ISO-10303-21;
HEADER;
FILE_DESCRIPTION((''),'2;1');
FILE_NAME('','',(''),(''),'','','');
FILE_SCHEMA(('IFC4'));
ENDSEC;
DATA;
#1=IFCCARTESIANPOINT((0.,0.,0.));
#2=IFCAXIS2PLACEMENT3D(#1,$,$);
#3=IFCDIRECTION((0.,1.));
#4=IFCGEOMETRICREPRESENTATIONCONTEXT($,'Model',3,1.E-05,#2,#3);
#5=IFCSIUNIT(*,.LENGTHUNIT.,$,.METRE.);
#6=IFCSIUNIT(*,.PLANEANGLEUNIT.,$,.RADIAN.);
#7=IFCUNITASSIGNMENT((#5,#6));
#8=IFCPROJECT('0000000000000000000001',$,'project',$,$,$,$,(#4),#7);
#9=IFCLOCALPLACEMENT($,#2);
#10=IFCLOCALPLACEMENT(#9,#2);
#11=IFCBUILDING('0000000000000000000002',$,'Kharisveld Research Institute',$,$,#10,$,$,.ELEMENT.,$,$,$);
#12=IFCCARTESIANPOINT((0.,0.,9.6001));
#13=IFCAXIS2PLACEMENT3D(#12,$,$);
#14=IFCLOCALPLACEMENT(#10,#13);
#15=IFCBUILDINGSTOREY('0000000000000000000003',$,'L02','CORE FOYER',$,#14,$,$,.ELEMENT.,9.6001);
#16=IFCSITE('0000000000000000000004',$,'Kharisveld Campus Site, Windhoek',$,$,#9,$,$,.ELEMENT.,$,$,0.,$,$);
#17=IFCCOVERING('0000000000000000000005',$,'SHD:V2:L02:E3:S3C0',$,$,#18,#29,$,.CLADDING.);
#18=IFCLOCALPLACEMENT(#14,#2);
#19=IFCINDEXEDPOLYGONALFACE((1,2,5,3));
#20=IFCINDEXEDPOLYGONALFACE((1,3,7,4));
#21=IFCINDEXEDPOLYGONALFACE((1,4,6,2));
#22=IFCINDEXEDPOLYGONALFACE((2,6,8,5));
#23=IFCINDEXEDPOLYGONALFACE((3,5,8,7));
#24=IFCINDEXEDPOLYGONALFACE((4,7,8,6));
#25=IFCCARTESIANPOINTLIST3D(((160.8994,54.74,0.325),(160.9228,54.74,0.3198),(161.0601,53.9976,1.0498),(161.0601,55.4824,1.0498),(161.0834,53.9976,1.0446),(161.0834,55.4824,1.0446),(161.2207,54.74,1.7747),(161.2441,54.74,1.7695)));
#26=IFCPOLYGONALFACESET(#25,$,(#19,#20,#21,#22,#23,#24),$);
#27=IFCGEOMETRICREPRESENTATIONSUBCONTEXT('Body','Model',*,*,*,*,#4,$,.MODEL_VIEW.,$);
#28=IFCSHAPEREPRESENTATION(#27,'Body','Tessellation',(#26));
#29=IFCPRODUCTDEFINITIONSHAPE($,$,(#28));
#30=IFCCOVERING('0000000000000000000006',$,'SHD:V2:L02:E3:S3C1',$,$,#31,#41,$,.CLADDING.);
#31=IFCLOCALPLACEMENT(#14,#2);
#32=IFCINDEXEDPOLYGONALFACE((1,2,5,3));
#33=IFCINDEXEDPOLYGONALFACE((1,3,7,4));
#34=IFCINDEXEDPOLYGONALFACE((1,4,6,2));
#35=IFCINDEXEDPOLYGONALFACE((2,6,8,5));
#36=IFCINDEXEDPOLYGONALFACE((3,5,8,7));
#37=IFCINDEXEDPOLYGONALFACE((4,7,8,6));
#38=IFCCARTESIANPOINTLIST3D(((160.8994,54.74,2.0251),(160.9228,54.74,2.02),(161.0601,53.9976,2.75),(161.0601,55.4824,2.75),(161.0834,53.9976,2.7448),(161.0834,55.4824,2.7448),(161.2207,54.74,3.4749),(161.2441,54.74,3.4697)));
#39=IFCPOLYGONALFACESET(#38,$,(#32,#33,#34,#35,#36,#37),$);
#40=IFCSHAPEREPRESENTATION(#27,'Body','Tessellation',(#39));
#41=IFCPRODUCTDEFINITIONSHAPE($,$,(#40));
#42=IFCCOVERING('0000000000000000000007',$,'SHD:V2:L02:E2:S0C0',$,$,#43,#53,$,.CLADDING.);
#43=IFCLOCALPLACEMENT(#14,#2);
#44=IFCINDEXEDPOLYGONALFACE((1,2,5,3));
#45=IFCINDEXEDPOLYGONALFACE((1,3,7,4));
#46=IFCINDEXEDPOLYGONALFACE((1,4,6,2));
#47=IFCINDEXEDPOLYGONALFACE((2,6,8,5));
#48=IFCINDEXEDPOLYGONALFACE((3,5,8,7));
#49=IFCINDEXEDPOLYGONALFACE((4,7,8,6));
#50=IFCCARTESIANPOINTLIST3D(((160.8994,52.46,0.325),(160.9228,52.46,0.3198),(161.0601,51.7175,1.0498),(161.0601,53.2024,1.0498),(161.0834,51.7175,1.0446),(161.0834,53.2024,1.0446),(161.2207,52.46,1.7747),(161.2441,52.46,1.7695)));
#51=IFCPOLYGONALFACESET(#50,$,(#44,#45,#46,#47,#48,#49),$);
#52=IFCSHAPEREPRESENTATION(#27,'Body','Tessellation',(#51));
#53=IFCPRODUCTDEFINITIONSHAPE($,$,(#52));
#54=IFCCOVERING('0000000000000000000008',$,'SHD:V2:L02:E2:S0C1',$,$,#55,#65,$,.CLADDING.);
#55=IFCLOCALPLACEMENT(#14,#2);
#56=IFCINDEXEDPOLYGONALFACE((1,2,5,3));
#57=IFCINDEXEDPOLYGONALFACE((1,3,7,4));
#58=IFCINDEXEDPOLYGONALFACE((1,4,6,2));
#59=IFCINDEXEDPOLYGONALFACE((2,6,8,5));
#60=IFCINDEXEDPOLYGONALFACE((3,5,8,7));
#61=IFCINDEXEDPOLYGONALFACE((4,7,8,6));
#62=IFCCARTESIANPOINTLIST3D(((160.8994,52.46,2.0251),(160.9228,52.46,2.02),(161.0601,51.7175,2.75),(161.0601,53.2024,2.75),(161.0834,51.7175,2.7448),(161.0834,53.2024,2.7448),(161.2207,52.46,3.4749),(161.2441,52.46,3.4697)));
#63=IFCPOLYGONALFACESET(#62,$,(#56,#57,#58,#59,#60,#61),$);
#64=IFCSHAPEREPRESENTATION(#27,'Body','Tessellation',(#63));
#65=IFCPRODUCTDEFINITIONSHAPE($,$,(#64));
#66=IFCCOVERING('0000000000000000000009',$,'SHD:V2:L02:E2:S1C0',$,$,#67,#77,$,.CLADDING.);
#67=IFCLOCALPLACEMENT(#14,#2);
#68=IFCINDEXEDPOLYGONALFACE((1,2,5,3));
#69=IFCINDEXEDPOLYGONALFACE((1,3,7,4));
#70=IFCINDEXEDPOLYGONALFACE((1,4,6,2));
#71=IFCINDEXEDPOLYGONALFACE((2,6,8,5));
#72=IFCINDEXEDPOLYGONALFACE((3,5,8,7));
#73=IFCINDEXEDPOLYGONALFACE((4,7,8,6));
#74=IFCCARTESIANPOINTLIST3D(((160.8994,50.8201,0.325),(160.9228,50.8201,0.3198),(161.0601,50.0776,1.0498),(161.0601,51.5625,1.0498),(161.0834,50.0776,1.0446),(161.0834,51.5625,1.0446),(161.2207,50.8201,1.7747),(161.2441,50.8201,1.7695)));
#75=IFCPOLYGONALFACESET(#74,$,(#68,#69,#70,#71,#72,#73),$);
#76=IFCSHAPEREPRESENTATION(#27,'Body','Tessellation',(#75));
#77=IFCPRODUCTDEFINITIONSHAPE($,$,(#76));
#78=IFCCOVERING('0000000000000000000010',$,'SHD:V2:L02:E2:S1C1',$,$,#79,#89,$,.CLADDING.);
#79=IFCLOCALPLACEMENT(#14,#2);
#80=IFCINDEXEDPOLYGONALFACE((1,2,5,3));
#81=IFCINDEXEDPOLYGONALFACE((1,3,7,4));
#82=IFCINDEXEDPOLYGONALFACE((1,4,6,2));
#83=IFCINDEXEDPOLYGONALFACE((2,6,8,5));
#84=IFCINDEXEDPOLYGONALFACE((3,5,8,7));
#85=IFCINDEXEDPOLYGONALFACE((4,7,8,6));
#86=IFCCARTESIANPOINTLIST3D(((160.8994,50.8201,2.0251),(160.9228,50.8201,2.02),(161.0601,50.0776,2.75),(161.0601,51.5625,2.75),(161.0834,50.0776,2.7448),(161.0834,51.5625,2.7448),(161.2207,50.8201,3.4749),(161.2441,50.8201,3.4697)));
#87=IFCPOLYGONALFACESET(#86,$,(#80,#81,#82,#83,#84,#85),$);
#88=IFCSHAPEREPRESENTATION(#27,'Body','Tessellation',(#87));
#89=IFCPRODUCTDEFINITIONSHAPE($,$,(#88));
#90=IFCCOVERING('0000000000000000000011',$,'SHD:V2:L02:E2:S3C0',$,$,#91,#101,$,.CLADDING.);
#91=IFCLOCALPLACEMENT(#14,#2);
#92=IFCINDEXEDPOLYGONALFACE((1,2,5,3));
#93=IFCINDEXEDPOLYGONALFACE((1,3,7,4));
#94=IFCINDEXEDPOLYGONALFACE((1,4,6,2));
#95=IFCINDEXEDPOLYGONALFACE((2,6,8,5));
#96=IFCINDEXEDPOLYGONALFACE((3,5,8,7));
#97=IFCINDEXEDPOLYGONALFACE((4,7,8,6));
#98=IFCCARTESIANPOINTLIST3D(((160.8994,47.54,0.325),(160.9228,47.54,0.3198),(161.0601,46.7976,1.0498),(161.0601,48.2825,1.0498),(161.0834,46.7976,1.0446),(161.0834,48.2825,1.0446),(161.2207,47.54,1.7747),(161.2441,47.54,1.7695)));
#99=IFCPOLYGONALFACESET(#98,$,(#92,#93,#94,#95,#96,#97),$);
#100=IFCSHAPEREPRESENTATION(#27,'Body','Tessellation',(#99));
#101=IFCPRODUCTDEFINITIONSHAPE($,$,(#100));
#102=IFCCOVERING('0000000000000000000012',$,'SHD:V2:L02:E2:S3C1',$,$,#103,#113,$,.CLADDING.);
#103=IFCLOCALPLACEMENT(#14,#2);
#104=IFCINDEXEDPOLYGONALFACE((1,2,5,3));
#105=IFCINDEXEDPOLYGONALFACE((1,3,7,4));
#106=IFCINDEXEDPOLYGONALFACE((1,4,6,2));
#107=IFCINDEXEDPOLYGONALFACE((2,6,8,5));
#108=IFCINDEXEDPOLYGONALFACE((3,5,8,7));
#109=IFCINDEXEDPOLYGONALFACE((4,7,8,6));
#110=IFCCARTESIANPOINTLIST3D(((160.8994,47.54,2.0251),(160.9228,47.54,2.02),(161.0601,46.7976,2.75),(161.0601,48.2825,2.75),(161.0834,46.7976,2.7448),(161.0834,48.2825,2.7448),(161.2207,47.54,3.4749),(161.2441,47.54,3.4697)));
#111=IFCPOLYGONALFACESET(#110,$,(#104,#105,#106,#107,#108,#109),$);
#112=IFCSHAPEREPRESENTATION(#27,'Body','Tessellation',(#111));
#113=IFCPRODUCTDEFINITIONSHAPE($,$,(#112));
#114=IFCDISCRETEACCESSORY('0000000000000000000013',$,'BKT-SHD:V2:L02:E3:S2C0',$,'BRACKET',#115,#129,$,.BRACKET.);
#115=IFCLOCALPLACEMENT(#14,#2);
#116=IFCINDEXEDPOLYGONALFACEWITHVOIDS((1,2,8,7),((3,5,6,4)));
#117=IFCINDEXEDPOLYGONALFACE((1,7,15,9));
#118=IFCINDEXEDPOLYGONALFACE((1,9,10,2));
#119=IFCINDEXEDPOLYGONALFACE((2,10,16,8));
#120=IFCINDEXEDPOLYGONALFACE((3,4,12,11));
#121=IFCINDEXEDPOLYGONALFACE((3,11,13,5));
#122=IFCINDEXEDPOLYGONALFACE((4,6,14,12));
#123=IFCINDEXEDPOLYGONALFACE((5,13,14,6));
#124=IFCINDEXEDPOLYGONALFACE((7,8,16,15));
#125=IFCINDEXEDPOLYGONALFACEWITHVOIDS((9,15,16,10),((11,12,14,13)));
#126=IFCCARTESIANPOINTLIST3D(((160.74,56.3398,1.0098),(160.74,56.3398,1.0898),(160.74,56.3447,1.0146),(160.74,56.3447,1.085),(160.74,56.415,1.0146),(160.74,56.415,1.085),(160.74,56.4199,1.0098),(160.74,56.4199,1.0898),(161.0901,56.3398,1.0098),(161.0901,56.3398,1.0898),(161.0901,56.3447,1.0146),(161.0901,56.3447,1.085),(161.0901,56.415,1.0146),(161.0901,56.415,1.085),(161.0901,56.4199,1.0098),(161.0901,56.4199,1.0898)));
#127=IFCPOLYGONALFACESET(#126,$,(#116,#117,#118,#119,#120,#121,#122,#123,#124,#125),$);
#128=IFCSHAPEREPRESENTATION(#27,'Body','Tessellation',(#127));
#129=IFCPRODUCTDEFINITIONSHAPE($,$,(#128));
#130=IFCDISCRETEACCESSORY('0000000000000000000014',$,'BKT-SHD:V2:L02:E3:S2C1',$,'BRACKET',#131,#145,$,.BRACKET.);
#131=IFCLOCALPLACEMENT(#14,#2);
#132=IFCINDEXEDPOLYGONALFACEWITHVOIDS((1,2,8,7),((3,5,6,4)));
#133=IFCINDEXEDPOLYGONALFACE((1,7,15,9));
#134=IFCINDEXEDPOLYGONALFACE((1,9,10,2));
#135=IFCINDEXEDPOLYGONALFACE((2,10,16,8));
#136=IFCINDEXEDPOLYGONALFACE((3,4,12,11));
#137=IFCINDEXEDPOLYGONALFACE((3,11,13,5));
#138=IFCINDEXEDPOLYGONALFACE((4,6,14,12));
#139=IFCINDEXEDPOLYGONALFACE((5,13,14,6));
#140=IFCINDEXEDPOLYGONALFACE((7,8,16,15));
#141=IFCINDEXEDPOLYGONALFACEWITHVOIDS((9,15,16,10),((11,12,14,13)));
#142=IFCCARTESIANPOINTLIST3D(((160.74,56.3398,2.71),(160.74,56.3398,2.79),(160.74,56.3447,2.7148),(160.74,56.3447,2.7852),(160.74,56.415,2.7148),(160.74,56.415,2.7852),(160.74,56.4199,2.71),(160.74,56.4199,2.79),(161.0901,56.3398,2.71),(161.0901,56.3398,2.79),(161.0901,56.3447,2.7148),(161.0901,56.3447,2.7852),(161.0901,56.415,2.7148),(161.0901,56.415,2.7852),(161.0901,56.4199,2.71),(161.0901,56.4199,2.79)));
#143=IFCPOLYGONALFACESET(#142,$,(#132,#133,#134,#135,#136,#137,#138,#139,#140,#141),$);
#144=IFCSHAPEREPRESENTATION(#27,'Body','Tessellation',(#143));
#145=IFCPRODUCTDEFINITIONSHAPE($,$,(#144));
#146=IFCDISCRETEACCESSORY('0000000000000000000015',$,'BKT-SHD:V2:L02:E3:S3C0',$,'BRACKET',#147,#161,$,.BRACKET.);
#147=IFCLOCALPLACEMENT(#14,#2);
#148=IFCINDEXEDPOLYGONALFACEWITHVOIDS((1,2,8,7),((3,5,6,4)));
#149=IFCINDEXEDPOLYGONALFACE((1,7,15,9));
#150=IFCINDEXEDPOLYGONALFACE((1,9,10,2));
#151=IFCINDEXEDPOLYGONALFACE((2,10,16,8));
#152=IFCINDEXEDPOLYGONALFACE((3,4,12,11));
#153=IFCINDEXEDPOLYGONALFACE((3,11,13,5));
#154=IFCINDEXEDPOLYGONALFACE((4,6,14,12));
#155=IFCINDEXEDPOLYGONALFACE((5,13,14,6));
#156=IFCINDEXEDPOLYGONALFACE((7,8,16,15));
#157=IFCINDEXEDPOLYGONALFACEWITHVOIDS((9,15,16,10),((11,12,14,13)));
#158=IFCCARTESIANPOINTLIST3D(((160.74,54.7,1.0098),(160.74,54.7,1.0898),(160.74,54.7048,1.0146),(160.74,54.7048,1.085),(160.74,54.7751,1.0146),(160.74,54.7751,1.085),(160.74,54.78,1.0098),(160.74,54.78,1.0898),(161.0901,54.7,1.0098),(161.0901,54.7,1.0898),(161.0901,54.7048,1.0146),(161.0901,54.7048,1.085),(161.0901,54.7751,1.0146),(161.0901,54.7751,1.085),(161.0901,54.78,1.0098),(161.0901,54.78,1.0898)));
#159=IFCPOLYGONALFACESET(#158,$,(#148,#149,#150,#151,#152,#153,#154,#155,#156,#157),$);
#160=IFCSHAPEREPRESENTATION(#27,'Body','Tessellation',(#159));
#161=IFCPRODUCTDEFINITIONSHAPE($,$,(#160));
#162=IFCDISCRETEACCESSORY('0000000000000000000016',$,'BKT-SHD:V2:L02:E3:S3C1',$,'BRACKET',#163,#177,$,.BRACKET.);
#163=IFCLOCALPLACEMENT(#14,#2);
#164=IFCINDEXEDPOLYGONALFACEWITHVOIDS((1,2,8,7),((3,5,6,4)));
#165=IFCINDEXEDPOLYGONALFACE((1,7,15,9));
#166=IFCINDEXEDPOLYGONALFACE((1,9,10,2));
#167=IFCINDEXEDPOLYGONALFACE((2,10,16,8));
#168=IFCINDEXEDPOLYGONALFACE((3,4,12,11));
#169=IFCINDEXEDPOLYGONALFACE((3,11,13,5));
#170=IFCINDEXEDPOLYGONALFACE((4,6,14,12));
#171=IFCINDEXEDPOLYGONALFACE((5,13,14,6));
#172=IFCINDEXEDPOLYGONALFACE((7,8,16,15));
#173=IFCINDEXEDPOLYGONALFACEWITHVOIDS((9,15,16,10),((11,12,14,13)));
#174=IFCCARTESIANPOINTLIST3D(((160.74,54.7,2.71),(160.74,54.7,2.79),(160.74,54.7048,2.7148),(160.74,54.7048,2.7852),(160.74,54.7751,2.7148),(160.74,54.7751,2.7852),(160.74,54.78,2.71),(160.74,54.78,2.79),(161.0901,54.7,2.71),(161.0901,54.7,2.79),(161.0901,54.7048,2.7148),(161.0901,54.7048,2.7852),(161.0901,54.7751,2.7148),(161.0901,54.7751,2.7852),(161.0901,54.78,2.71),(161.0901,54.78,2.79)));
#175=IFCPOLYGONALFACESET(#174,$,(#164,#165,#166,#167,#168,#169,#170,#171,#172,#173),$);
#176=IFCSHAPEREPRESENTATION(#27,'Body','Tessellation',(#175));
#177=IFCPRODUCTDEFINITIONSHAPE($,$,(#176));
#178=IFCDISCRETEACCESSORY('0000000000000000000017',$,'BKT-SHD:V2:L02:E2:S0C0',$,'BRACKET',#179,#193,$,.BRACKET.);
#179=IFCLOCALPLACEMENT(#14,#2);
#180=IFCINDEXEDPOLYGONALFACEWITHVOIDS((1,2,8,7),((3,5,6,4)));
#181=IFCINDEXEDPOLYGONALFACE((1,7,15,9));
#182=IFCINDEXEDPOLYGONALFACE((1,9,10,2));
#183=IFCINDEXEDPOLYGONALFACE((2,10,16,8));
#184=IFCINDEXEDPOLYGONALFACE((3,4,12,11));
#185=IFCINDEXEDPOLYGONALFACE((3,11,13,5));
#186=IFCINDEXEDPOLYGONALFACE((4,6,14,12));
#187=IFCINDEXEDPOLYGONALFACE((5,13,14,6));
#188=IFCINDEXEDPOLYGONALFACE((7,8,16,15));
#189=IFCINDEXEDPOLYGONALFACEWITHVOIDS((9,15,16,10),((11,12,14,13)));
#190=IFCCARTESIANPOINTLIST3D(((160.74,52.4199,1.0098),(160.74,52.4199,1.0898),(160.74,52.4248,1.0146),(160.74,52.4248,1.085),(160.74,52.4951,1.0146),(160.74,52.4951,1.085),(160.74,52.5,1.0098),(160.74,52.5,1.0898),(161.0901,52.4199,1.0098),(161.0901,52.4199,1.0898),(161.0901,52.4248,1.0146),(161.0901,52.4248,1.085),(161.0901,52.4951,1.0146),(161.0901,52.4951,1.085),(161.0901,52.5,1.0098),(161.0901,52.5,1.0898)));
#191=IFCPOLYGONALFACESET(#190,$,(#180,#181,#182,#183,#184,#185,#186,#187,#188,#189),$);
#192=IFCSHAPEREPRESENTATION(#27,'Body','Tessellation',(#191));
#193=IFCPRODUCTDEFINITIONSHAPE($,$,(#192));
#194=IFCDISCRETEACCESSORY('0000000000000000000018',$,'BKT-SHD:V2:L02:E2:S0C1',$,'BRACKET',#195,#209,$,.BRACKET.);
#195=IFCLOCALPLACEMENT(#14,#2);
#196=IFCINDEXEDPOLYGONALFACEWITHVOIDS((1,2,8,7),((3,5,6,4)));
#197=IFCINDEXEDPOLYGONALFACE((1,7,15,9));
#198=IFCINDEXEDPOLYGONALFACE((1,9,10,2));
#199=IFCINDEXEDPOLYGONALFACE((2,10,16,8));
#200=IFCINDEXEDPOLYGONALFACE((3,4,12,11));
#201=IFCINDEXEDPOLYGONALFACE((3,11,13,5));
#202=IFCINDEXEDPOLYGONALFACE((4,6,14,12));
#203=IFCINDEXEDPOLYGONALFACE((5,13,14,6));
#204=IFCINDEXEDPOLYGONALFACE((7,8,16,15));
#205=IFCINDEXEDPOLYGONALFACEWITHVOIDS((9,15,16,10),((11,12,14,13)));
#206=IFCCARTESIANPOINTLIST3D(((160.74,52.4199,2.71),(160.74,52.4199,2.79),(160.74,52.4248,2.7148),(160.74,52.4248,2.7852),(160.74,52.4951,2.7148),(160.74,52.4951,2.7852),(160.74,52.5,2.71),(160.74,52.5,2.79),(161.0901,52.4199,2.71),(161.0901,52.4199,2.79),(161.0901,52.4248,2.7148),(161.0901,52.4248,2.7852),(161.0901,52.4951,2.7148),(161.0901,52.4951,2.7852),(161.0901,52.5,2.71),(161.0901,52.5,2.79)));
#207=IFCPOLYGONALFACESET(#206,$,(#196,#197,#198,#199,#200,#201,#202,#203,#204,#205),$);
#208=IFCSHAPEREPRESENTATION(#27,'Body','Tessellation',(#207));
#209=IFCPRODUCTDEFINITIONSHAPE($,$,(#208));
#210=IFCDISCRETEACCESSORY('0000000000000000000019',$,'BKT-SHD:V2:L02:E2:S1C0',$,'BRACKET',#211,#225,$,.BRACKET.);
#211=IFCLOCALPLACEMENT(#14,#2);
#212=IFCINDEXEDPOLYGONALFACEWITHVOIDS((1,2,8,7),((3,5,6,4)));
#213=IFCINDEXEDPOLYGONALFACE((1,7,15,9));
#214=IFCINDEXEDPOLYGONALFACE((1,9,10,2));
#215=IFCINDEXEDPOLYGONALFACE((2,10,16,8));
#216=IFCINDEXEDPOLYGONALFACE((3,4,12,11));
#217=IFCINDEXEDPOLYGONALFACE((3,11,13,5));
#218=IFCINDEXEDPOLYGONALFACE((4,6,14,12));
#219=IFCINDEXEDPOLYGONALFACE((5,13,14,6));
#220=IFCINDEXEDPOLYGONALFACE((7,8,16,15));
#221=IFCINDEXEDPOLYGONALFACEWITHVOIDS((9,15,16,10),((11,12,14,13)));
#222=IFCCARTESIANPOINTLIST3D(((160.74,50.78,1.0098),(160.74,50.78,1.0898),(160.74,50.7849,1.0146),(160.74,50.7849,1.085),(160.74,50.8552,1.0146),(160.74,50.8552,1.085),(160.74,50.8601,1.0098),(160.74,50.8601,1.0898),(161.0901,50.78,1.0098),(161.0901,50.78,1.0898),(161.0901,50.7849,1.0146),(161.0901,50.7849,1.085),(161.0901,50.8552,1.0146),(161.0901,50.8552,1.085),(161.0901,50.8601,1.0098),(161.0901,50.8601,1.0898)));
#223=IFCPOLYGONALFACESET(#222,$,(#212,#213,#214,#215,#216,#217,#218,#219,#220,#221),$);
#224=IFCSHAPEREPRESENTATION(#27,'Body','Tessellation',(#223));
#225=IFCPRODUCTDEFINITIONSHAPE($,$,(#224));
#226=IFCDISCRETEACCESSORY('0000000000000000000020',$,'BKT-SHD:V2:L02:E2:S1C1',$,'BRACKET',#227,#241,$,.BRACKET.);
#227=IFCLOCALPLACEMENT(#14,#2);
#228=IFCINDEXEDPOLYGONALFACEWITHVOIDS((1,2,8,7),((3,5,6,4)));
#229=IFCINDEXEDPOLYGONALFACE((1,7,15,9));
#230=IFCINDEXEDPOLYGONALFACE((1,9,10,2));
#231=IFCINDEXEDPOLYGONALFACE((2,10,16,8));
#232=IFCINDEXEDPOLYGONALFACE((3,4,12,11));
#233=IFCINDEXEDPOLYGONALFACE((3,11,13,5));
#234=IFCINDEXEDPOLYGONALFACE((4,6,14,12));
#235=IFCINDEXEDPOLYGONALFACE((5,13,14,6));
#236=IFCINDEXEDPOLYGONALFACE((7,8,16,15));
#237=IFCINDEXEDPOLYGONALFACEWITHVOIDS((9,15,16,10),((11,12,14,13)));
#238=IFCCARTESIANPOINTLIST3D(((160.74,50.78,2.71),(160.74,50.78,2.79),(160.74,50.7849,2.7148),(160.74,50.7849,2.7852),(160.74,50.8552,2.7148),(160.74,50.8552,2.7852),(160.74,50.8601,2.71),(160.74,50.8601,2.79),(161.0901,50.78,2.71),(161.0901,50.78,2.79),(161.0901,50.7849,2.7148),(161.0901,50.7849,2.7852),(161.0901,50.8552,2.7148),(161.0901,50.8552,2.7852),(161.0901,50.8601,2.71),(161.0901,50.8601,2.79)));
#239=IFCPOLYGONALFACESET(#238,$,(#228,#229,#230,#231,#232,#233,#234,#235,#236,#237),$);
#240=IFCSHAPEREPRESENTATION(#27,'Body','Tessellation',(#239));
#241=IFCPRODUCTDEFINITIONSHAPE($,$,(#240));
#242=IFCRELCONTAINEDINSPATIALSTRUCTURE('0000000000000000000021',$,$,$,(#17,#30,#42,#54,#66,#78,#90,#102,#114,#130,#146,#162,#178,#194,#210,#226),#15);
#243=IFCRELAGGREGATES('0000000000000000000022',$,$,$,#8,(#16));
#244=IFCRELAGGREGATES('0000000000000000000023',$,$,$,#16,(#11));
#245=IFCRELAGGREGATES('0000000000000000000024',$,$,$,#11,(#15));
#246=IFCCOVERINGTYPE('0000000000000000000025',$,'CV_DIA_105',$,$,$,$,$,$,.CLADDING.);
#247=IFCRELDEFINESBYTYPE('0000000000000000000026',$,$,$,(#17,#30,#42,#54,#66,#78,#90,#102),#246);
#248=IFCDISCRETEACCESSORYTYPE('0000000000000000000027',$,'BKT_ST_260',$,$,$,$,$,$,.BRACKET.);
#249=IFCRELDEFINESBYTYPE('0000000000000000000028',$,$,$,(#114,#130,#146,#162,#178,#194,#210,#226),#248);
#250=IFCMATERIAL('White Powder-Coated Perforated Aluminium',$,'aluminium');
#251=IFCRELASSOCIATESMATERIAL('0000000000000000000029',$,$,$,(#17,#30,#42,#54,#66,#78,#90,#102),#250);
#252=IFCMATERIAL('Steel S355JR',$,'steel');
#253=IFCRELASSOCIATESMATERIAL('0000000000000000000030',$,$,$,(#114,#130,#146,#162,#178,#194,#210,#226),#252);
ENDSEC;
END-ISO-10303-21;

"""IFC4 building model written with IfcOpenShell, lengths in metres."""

from ifc_helpers import new_model, si_unit, direction, frame, origin, origin_2d, place, context, subcontext, project, spatial, polyline, hollow_rectangle, outline, extrude, material, type_object, element, save


model = new_model("IFC4")

# Units and contexts
model_context = context("Model", 3, precision=1e-05, world=origin(), true_north=direction((0.0, 1.0)))
body_context = subcontext(model_context, "Body", "Model", "MODEL_VIEW")
ifc_project = project(units=[si_unit("LENGTHUNIT", "METRE"), si_unit("PLANEANGLEUNIT", "RADIAN")], contexts=[model_context])

# Site, building, storey
site_placement = place(None, origin())
site = spatial("IfcSite", under=ifc_project, at=site_placement, Name="Kharisveld Campus Site, Windhoek", CompositionType="ELEMENT", RefElevation=0.0)
building_placement = place(site_placement, origin())
building = spatial("IfcBuilding", under=site, at=building_placement, Name="Kharisveld Research Institute", CompositionType="ELEMENT")
storey_placement = place(building_placement, frame((0.0, 0.0, 9.6001)))
storey = spatial("IfcBuildingStorey", under=building, at=storey_placement, Name="L02", Description="CORE FOYER", CompositionType="ELEMENT", Elevation=9.6001)

# Coverings
ifc_material_1 = material(Name="White Powder-Coated Perforated Aluminium", Category="aluminium")
covering_type = type_object("IfcCoveringType", Name="CV_DIA_105", PredefinedType="CLADDING")
for number, where, z_axis, x_axis, name in (
    (1, (160.8994, 54.74, 0.325), (-0.976311, 0.0, 0.216373), (0.153, -0.707102, 0.69036), "SHD:V2:L02:E3:S3C0"),
    (2, (160.8994, 54.74, 2.0251), (-0.976311, 0.0, 0.216373), (0.153, -0.707102, 0.69036), "SHD:V2:L02:E3:S3C1"),
    (3, (160.8994, 52.46, 0.325), (-0.976311, 0.0, 0.216373), (0.153, -0.707102, 0.69036), "SHD:V2:L02:E2:S0C0"),
    (4, (160.8994, 52.46, 2.0251), (-0.976311, 0.0, 0.216373), (0.153, -0.707102, 0.69036), "SHD:V2:L02:E2:S0C1"),
    (5, (160.8994, 50.8201, 0.325), (-0.976311, 0.0, 0.216373), (0.153, -0.707102, 0.69036), "SHD:V2:L02:E2:S1C0"),
    (6, (160.8994, 50.8201, 2.0251), (-0.976311, 0.0, 0.216373), (0.153, -0.707102, 0.69036), "SHD:V2:L02:E2:S1C1"),
    (7, (160.8994, 47.54, 0.325), (-0.976311, 0.0, 0.216373), (0.153, -0.707102, 0.69036), "SHD:V2:L02:E2:S3C0"),
    (8, (160.8994, 47.54, 2.0251), (-0.976311, 0.0, 0.216373), (0.153, -0.707102, 0.69036), "SHD:V2:L02:E2:S3C1"),
):
    element("IfcCovering", number, at=place(storey_placement, frame(where, z_axis=z_axis, x_axis=x_axis)), inside=storey, type_object=covering_type, material=ifc_material_1, Name=name, PredefinedType="CLADDING", context=body_context, shape_type="SweptSolid", body=[
        extrude(outline(polyline([(0.0, 0.0), (1.05, 0.0), (1.05, 1.05), (0.0, 1.05), (0.0, 0.0)])), origin(), (0.0, 0.0, -1.0), 0.0239),
    ])

# Discrete accessories
ifc_material_2 = material(Name="Steel S355JR", Category="steel")
discrete_accessory_type = type_object("IfcDiscreteAccessoryType", Name="BKT_ST_260", PredefinedType="BRACKET")
for number, where, z_axis, x_axis, name in (
    (9, (160.74, 56.3799, 1.0498), (1.0, 0.0, 0.0), (0.0, 1.0, 0.0), "BKT-SHD:V2:L02:E3:S2C0"),
    (10, (160.74, 56.3799, 2.75), (1.0, 0.0, 0.0), (0.0, 1.0, 0.0), "BKT-SHD:V2:L02:E3:S2C1"),
    (11, (160.74, 54.74, 1.0498), (1.0, 0.0, 0.0), (0.0, 1.0, 0.0), "BKT-SHD:V2:L02:E3:S3C0"),
    (12, (160.74, 54.74, 2.75), (1.0, 0.0, 0.0), (0.0, 1.0, 0.0), "BKT-SHD:V2:L02:E3:S3C1"),
    (13, (160.74, 52.46, 1.0498), (1.0, 0.0, 0.0), (0.0, 1.0, 0.0), "BKT-SHD:V2:L02:E2:S0C0"),
    (14, (160.74, 52.46, 2.75), (1.0, 0.0, 0.0), (0.0, 1.0, 0.0), "BKT-SHD:V2:L02:E2:S0C1"),
    (15, (160.74, 50.8201, 1.0498), (1.0, 0.0, 0.0), (0.0, 1.0, 0.0), "BKT-SHD:V2:L02:E2:S1C0"),
    (16, (160.74, 50.8201, 2.75), (1.0, 0.0, 0.0), (0.0, 1.0, 0.0), "BKT-SHD:V2:L02:E2:S1C1"),
):
    element("IfcDiscreteAccessory", number, at=place(storey_placement, frame(where, z_axis=z_axis, x_axis=x_axis)), inside=storey, type_object=discrete_accessory_type, material=ifc_material_2, Name=name, ObjectType="BRACKET", PredefinedType="BRACKET", context=body_context, shape_type="SweptSolid", body=[
        extrude(hollow_rectangle(XDim=0.0801, YDim=0.0801, WallThickness=0.0049, at=origin_2d()), origin(), (0.0, 0.0, 1.0), 0.3501),
    ])

save(model, "model.ifc")
